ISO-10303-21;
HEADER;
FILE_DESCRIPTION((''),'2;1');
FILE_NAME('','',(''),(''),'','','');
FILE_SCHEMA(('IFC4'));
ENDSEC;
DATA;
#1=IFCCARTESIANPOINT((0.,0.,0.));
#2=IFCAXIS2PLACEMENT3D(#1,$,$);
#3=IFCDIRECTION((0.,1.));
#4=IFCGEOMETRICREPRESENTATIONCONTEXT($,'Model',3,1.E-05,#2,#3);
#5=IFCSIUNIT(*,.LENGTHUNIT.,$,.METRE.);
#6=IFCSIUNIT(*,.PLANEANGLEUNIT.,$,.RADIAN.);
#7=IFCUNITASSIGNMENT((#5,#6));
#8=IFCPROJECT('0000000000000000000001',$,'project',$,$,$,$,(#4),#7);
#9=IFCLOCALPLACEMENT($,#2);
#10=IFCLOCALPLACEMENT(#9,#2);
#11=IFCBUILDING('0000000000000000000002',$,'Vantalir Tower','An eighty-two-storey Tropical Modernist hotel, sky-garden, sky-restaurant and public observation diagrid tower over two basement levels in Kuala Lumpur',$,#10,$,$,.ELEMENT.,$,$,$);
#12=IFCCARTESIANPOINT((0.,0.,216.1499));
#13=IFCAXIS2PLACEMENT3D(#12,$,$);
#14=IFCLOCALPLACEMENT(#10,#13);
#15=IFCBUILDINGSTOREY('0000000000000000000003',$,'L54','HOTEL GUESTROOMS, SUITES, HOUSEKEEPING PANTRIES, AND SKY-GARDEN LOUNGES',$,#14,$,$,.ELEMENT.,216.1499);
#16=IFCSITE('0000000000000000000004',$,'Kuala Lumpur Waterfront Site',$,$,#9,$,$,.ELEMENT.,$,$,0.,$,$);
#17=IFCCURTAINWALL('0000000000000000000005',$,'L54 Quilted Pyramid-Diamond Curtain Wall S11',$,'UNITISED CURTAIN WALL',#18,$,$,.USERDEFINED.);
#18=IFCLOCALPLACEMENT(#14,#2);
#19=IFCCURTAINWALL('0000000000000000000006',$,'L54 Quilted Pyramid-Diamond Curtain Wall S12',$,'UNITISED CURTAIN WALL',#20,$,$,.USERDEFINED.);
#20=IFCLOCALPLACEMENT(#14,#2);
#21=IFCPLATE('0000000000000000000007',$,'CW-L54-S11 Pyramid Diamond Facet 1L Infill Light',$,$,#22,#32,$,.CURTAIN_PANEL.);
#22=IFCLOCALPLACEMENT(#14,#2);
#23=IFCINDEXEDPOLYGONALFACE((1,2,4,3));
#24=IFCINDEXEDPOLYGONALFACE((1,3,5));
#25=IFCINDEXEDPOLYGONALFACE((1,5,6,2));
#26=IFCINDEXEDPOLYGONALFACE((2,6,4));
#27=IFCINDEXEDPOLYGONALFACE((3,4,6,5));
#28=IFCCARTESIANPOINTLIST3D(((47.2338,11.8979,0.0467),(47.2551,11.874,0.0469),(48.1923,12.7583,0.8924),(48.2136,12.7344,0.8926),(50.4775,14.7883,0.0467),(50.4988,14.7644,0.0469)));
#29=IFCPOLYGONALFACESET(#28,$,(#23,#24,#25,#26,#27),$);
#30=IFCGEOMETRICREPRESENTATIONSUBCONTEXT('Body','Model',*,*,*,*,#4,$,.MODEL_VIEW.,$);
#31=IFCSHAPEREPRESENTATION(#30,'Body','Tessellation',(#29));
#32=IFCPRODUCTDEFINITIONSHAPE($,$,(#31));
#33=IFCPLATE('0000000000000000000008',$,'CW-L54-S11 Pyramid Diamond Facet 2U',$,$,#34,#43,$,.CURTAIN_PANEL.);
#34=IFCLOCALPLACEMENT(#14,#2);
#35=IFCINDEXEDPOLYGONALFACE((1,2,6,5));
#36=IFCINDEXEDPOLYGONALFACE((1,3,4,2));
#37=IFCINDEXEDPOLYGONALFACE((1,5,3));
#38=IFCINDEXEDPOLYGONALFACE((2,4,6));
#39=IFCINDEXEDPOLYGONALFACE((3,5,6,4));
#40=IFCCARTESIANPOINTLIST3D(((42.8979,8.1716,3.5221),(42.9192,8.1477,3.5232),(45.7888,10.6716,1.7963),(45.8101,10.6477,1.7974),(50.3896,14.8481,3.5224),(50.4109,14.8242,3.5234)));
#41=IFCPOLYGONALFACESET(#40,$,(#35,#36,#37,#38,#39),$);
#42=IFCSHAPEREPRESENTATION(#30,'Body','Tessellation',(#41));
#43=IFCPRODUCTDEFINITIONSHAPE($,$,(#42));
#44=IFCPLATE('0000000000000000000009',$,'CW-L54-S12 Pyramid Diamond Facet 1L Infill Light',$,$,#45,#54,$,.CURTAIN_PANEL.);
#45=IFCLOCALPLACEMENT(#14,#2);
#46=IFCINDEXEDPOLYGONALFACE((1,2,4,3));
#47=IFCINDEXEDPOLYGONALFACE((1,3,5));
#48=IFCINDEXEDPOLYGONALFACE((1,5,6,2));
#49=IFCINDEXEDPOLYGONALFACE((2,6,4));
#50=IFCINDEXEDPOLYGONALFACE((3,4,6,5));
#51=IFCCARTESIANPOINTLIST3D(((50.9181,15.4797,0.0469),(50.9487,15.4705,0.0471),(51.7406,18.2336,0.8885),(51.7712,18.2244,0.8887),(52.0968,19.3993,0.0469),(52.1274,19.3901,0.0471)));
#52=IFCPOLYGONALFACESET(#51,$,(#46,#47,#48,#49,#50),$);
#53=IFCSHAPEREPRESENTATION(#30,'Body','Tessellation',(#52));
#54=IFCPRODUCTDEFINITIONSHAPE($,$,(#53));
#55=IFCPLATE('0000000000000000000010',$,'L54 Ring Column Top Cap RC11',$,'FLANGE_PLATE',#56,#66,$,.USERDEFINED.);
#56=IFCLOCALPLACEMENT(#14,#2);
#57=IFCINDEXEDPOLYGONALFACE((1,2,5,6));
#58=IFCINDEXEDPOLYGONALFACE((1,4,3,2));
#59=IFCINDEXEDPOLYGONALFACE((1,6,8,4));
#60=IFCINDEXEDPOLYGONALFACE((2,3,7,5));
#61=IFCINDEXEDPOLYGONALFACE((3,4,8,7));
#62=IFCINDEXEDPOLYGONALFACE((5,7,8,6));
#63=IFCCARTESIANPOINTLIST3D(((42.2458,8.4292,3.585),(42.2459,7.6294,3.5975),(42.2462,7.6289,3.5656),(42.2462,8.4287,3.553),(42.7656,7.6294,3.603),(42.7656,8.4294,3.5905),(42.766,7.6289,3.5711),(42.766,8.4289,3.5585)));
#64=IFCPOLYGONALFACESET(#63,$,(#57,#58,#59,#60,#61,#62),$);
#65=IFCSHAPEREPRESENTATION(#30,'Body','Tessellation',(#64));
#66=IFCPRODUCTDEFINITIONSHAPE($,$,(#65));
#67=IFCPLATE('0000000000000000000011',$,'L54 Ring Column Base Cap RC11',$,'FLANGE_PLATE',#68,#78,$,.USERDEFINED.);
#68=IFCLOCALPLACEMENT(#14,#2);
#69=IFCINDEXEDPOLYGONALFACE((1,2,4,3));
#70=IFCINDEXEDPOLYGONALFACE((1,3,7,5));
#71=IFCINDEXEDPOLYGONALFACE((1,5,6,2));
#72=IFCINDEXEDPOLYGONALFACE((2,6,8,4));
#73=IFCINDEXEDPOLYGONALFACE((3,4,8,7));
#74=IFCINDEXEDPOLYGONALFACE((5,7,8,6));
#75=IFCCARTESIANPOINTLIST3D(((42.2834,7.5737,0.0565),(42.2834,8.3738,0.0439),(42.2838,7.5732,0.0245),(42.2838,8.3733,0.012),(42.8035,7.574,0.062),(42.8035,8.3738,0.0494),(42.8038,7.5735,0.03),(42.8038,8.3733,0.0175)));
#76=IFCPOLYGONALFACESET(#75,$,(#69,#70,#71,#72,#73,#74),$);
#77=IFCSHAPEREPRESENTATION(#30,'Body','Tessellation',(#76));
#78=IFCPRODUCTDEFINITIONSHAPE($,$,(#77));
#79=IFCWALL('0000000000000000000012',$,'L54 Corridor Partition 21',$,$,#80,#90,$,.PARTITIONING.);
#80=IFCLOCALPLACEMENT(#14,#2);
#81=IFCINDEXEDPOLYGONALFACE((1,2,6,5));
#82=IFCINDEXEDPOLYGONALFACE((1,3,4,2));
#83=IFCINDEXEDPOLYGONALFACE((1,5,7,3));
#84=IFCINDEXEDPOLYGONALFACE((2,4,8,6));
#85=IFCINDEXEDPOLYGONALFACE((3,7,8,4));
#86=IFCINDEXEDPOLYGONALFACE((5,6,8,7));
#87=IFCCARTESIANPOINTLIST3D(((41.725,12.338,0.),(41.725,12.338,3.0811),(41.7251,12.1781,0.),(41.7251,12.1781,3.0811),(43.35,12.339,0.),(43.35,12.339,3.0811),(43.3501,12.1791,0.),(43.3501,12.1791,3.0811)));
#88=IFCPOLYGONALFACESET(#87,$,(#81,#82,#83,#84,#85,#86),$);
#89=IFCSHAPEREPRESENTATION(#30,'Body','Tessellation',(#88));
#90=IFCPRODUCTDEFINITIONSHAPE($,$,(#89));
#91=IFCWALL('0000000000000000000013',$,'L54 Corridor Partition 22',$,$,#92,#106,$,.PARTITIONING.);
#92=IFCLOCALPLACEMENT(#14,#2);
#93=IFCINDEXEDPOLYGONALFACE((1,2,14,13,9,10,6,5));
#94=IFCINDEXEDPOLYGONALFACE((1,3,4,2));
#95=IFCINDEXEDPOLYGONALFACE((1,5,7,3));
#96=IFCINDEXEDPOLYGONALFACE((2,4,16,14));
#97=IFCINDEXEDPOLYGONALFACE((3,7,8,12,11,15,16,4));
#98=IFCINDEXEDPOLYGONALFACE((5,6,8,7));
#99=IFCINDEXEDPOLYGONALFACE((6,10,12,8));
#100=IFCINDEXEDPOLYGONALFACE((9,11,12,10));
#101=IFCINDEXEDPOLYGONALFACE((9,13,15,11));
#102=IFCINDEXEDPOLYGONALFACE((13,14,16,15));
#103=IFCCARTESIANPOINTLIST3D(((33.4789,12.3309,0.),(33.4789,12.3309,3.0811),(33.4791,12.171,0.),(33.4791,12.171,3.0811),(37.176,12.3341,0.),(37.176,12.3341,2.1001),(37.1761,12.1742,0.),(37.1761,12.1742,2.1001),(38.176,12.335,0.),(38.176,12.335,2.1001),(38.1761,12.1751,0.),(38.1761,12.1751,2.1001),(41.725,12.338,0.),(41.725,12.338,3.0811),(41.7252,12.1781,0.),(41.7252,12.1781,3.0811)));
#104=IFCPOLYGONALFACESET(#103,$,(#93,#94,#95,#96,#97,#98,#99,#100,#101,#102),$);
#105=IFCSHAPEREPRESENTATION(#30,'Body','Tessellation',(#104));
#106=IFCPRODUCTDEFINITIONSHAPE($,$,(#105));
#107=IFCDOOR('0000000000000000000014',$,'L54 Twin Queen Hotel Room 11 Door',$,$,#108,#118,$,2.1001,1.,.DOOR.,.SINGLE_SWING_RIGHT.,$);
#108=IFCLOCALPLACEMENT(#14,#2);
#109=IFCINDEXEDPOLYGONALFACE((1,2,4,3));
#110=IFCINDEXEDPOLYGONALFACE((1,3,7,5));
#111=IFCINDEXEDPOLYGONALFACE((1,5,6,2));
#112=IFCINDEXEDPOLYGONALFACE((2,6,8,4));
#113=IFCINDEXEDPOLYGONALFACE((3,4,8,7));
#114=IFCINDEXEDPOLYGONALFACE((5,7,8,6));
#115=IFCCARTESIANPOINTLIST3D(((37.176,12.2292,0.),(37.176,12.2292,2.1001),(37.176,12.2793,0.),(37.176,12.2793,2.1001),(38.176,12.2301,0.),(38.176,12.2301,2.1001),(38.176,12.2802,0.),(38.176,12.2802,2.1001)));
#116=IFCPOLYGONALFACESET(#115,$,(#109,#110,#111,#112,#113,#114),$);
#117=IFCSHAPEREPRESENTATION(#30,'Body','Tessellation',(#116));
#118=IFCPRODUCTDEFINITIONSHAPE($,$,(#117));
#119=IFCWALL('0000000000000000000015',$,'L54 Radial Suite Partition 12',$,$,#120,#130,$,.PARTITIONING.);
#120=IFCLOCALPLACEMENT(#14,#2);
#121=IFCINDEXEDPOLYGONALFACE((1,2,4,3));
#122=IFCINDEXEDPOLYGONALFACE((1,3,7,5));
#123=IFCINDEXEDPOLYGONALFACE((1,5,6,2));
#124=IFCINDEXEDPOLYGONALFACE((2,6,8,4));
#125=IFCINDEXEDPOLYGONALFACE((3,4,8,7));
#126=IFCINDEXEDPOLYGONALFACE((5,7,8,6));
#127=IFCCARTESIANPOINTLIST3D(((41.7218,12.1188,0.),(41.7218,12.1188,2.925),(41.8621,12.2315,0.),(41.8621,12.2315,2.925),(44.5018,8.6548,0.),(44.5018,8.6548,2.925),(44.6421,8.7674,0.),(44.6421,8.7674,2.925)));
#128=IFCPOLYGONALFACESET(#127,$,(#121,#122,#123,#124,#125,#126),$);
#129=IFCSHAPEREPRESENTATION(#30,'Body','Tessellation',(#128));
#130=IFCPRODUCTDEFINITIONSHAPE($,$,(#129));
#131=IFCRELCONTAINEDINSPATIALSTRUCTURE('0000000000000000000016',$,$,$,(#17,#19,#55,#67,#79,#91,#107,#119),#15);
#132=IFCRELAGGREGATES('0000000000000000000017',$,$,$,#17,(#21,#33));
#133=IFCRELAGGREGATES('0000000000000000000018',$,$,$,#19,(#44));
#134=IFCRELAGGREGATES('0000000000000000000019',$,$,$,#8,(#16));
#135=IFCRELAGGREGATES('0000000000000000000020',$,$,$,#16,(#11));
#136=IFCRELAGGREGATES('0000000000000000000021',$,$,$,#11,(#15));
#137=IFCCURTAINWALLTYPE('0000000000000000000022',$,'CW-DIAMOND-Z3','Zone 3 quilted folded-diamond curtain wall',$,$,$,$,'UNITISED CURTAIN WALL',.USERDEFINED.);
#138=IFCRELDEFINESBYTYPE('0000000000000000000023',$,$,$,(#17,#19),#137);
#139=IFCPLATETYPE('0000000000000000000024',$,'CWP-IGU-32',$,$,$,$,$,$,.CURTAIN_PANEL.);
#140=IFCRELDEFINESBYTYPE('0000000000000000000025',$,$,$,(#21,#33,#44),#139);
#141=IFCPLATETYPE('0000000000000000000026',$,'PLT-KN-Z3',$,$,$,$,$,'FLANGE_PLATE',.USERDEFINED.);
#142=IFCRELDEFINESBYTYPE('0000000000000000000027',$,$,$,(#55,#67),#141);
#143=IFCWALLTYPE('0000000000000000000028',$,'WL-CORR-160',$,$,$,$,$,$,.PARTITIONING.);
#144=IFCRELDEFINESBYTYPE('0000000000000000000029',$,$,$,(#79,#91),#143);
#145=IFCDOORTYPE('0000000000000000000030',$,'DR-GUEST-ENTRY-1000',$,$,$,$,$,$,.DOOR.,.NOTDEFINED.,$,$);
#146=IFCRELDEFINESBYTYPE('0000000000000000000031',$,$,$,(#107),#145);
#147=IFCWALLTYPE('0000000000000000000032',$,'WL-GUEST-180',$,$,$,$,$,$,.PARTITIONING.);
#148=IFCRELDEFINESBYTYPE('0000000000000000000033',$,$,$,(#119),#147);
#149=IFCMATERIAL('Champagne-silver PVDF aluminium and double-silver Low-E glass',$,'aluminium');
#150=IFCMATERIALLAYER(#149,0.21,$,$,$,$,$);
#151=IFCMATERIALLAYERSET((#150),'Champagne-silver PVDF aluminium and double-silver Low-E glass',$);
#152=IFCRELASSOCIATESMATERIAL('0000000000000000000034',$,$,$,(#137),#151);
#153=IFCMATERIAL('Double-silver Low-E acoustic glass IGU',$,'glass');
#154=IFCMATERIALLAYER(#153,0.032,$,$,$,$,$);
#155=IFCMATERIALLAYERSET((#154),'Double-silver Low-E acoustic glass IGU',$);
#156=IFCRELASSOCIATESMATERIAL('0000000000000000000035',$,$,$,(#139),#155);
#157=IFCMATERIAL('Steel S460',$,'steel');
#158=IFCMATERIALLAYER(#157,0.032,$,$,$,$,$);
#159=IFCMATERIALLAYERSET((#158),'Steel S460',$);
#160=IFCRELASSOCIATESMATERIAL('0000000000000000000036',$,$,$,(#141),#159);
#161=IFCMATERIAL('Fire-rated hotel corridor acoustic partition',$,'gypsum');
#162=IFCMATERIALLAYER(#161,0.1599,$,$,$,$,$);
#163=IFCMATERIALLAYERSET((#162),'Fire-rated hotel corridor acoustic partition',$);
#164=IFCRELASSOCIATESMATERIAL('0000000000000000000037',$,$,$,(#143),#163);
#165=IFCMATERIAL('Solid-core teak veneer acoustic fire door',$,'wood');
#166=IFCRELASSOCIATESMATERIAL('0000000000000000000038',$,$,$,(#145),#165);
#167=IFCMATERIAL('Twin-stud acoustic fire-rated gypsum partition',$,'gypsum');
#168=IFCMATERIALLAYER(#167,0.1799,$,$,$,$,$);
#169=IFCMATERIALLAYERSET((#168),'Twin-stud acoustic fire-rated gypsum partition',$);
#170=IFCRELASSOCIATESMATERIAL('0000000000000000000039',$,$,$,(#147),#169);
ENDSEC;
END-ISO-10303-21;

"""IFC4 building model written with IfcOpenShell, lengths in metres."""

from ifc_helpers import new_model, si_unit, direction, frame, frame_2d, origin, place, context, subcontext, project, spatial, polyline, rectangle, outline, extrude, material, layer, layer_set, type_object, element, fill, aggregate, save


model = new_model("IFC4")

# Units and contexts
model_context = context("Model", 3, precision=1e-05, world=origin(), true_north=direction((0.0, 1.0)))
body_context = subcontext(model_context, "Body", "Model", "MODEL_VIEW")
ifc_project = project(units=[si_unit("LENGTHUNIT", "METRE"), si_unit("PLANEANGLEUNIT", "RADIAN")], contexts=[model_context])

# Site, building, storey
site_placement = place(None, origin())
site = spatial("IfcSite", under=ifc_project, at=site_placement, Name="Kuala Lumpur Waterfront Site", CompositionType="ELEMENT", RefElevation=0.0)
building_placement = place(site_placement, origin())
building = spatial("IfcBuilding", under=site, at=building_placement, Name="Vantalir Tower", Description="An eighty-two-storey Tropical Modernist hotel, sky-garden, sky-restaurant and public observation diagrid tower over two basement levels in Kuala Lumpur", CompositionType="ELEMENT")
storey_placement = place(building_placement, frame((0.0, 0.0, 216.1499)))
storey = spatial("IfcBuildingStorey", under=building, at=storey_placement, Name="L54", Description="HOTEL GUESTROOMS, SUITES, HOUSEKEEPING PANTRIES, AND SKY-GARDEN LOUNGES", CompositionType="ELEMENT", Elevation=216.1499)

# Shared definitions
ifc_material_1 = material(Name="Steel S460", Category="steel")

# Shared definitions
ifc_material_2 = material(Name="Champagne-silver PVDF aluminium and double-silver Low-E glass", Category="aluminium")
ifc_layer_1 = layer(ifc_material_2, 0.21)
ifc_layer_set_1 = layer_set([ifc_layer_1], Name="Champagne-silver PVDF aluminium and double-silver Low-E glass")
curtain_wall_type = type_object("IfcCurtainWallType", Name="CW-DIAMOND-Z3", Description="Zone 3 quilted folded-diamond curtain wall", ElementType="UNITISED CURTAIN WALL", PredefinedType="USERDEFINED", material=ifc_layer_set_1)

# Curtain wall
curtain_wall_1_placement = place(storey_placement, origin())
curtain_wall_1 = element("IfcCurtainWall", 1, at=curtain_wall_1_placement, inside=storey, type_object=curtain_wall_type, Name="L54 Quilted Pyramid-Diamond Curtain Wall S11", ObjectType="UNITISED CURTAIN WALL", PredefinedType="USERDEFINED")

# Curtain wall
curtain_wall_2_placement = place(storey_placement, origin())
curtain_wall_2 = element("IfcCurtainWall", 2, at=curtain_wall_2_placement, inside=storey, type_object=curtain_wall_type, Name="L54 Quilted Pyramid-Diamond Curtain Wall S12", ObjectType="UNITISED CURTAIN WALL", PredefinedType="USERDEFINED")

# Plates
ifc_material_3 = material(Name="Double-silver Low-E acoustic glass IGU", Category="glass")
ifc_layer_2 = layer(ifc_material_3, 0.032)
ifc_layer_set_2 = layer_set([ifc_layer_2], Name="Double-silver Low-E acoustic glass IGU")
plate_type_1 = type_object("IfcPlateType", Name="CWP-IGU-32", PredefinedType="CURTAIN_PANEL", material=ifc_layer_set_2)
plate_1_placement = place(storey_placement, frame((47.2551, 11.874, 0.0469), z_axis=(0.665271, -0.746582, 0.005515), x_axis=(0.746593, 0.665281, 0.0)))
plate_1 = element("IfcPlate", 3, at=plate_1_placement, type_object=plate_type_1, Name="CW-L54-S11 Pyramid Diamond Facet 1L Infill Light", PredefinedType="CURTAIN_PANEL", context=body_context, shape_type="SweptSolid", body=[
    extrude(outline(polyline([(0.0, 0.0), (4.3446, 0.0), (1.288, 0.8457), (0.0, 0.0)])), origin(), (0.0, 0.0, -1.0), 0.032),
])
plate_2_placement = place(storey_placement, frame((50.4109, 14.8242, 3.5234), z_axis=(0.664959, -0.746151, 0.03299), x_axis=(-0.746556, -0.665322, -0.000024)))
plate_2 = element("IfcPlate", 4, at=plate_2_placement, type_object=plate_type_1, Name="CW-L54-S11 Pyramid Diamond Facet 2U", PredefinedType="CURTAIN_PANEL", context=body_context, shape_type="SweptSolid", body=[
    extrude(outline(polyline([(0.0, 0.0), (10.035, 0.0), (6.2135, 1.7269), (0.0, 0.0)])), origin(), (0.0, 0.0, -1.0), 0.032),
])
aggregate(curtain_wall_1, [plate_1, plate_2])
plate_3_placement = place(storey_placement, frame((50.9487, 15.4705, 0.0471), z_axis=(0.957618, -0.287971, 0.006412), x_axis=(0.287977, 0.957637, 0.0)))
plate_3 = element("IfcPlate", 5, at=plate_3_placement, type_object=plate_type_1, Name="CW-L54-S12 Pyramid Diamond Facet 1L Infill Light", PredefinedType="CURTAIN_PANEL", context=body_context, shape_type="SweptSolid", body=[
    extrude(outline(polyline([(0.0, 0.0), (4.0931, 0.0), (2.8741, 0.8416), (0.0, 0.0)])), origin(), (0.0, 0.0, -1.0), 0.032),
])
aggregate(curtain_wall_2, [plate_3])

# Plates
ifc_layer_3 = layer(ifc_material_1, 0.032)
ifc_layer_set_3 = layer_set([ifc_layer_3], Name="Steel S460")
plate_type_2 = type_object("IfcPlateType", Name="PLT-KN-Z3", ElementType="FLANGE_PLATE", PredefinedType="USERDEFINED", material=ifc_layer_set_3)
plate_4_placement = place(storey_placement, frame((42.2458, 8.4292, 3.585), z_axis=(-0.01057, 0.015715, 0.999821), x_axis=(0.000002, -0.999876, 0.015716)))
element("IfcPlate", 6, at=plate_4_placement, inside=storey, type_object=plate_type_2, Name="L54 Ring Column Top Cap RC11", ObjectType="FLANGE_PLATE", PredefinedType="USERDEFINED", context=body_context, shape_type="SweptSolid", body=[
    extrude(outline(polyline([(0.0, 0.0), (0.7999, 0.0), (0.8, 0.5198), (-0.0002, 0.5198), (0.0, 0.0)])), origin(), (0.0, 0.0, -1.0), 0.032),
])
plate_5_placement = place(storey_placement, frame((42.2834, 8.3738, 0.0439), z_axis=(-0.010565, 0.015715, 0.999821), x_axis=(0.000002, -0.999876, 0.015716)))
element("IfcPlate", 7, at=plate_5_placement, inside=storey, type_object=plate_type_2, Name="L54 Ring Column Base Cap RC11", ObjectType="FLANGE_PLATE", PredefinedType="USERDEFINED", context=body_context, shape_type="SweptSolid", body=[
    extrude(outline(polyline([(0.0, 0.0), (0.8001, 0.0), (0.8, 0.52), (0.0001, 0.52), (0.0, 0.0)])), origin(), (0.0, 0.0, -1.0), 0.032),
])

# Wall
ifc_material_4 = material(Name="Fire-rated hotel corridor acoustic partition", Category="gypsum")
ifc_layer_4 = layer(ifc_material_4, 0.1599)
ifc_layer_set_4 = layer_set([ifc_layer_4], Name="Fire-rated hotel corridor acoustic partition")
wall_type_1 = type_object("IfcWallType", Name="WL-CORR-160", PredefinedType="PARTITIONING", material=ifc_layer_set_4)
wall_1_placement = place(storey_placement, frame((43.3501, 12.259, 0.0), z_axis=(0.0, 0.0, 1.0), x_axis=(-1.0, -0.000601, 0.0)))
element("IfcWall", 8, at=wall_1_placement, inside=storey, type_object=wall_type_1, Name="L54 Corridor Partition 21", PredefinedType="PARTITIONING", context=body_context, shape_type="SweptSolid", body=[
    extrude(rectangle(XDim=1.625, YDim=0.1599, at=frame_2d((0.8125, 0.0))), origin(), (0.0, 0.0, 1.0), 3.0811),
])

# Wall, opening, door
wall_2_placement = place(storey_placement, frame((41.7251, 12.2581, 0.0), z_axis=(0.0, 0.0, 1.0), x_axis=(-1.0, -0.000859, 0.0)))
wall_2 = element("IfcWall", 9, at=wall_2_placement, inside=storey, type_object=wall_type_1, Name="L54 Corridor Partition 22", PredefinedType="PARTITIONING", context=body_context, shape_type="SweptSolid", body=[
    extrude(rectangle(XDim=8.2461, YDim=0.1599, at=frame_2d((4.123, 0.0))), origin(), (0.0, 0.0, 1.0), 3.0811),
])
opening_placement = place(wall_2_placement, frame((3.5491, 0.0, 0.0)))
opening = element("IfcOpeningElement", 10, at=opening_placement, cuts=wall_2, PredefinedType="OPENING", context=body_context, shape_type="SweptSolid", body=[
    extrude(rectangle(XDim=1.0, YDim=2.1001, at=frame_2d((0.5, 1.05))), frame((0.0, 0.0898, 0.0), z_axis=(0.0, -1.0, 0.0), x_axis=(1.0, 0.0, 0.0)), (0.0, 0.0, 1.0), 0.1799),
])
ifc_material_5 = material(Name="Solid-core teak veneer acoustic fire door", Category="wood")
door_type = type_object("IfcDoorType", Name="DR-GUEST-ENTRY-1000", OperationType="NOTDEFINED", PredefinedType="DOOR", material=ifc_material_5)
door_placement = place(opening_placement, origin())
door = element("IfcDoor", 11, at=door_placement, inside=storey, type_object=door_type, Name="L54 Twin Queen Hotel Room 11 Door", OperationType="SINGLE_SWING_RIGHT", OverallHeight=2.1001, OverallWidth=1.0, PredefinedType="DOOR", context=body_context, shape_type="SweptSolid", body=[
    extrude(rectangle(XDim=1.0, YDim=2.1001, at=frame_2d((0.5, 1.05))), frame((0.0, 0.0249, 0.0), z_axis=(0.0, -1.0, 0.0), x_axis=(1.0, 0.0, 0.0)), (0.0, 0.0, 1.0), 0.05),
])
fill(opening, door)

# Wall
ifc_material_6 = material(Name="Twin-stud acoustic fire-rated gypsum partition", Category="gypsum")
ifc_layer_5 = layer(ifc_material_6, 0.1799)
ifc_layer_set_5 = layer_set([ifc_layer_5], Name="Twin-stud acoustic fire-rated gypsum partition")
wall_type_2 = type_object("IfcWallType", Name="WL-GUEST-180", PredefinedType="PARTITIONING", material=ifc_layer_set_5)
wall_3_placement = place(storey_placement, frame((41.792, 12.175, 0.0), z_axis=(0.0, 0.0, 1.0), x_axis=(0.625894, -0.779908, 0.0)))
element("IfcWall", 12, at=wall_3_placement, inside=storey, type_object=wall_type_2, Name="L54 Radial Suite Partition 12", PredefinedType="PARTITIONING", context=body_context, shape_type="SweptSolid", body=[
    extrude(rectangle(XDim=4.4417, YDim=0.1799, at=frame_2d((2.2207, 0.0))), origin(), (0.0, 0.0, 1.0), 2.925),
])

save(model, "model.ifc")
